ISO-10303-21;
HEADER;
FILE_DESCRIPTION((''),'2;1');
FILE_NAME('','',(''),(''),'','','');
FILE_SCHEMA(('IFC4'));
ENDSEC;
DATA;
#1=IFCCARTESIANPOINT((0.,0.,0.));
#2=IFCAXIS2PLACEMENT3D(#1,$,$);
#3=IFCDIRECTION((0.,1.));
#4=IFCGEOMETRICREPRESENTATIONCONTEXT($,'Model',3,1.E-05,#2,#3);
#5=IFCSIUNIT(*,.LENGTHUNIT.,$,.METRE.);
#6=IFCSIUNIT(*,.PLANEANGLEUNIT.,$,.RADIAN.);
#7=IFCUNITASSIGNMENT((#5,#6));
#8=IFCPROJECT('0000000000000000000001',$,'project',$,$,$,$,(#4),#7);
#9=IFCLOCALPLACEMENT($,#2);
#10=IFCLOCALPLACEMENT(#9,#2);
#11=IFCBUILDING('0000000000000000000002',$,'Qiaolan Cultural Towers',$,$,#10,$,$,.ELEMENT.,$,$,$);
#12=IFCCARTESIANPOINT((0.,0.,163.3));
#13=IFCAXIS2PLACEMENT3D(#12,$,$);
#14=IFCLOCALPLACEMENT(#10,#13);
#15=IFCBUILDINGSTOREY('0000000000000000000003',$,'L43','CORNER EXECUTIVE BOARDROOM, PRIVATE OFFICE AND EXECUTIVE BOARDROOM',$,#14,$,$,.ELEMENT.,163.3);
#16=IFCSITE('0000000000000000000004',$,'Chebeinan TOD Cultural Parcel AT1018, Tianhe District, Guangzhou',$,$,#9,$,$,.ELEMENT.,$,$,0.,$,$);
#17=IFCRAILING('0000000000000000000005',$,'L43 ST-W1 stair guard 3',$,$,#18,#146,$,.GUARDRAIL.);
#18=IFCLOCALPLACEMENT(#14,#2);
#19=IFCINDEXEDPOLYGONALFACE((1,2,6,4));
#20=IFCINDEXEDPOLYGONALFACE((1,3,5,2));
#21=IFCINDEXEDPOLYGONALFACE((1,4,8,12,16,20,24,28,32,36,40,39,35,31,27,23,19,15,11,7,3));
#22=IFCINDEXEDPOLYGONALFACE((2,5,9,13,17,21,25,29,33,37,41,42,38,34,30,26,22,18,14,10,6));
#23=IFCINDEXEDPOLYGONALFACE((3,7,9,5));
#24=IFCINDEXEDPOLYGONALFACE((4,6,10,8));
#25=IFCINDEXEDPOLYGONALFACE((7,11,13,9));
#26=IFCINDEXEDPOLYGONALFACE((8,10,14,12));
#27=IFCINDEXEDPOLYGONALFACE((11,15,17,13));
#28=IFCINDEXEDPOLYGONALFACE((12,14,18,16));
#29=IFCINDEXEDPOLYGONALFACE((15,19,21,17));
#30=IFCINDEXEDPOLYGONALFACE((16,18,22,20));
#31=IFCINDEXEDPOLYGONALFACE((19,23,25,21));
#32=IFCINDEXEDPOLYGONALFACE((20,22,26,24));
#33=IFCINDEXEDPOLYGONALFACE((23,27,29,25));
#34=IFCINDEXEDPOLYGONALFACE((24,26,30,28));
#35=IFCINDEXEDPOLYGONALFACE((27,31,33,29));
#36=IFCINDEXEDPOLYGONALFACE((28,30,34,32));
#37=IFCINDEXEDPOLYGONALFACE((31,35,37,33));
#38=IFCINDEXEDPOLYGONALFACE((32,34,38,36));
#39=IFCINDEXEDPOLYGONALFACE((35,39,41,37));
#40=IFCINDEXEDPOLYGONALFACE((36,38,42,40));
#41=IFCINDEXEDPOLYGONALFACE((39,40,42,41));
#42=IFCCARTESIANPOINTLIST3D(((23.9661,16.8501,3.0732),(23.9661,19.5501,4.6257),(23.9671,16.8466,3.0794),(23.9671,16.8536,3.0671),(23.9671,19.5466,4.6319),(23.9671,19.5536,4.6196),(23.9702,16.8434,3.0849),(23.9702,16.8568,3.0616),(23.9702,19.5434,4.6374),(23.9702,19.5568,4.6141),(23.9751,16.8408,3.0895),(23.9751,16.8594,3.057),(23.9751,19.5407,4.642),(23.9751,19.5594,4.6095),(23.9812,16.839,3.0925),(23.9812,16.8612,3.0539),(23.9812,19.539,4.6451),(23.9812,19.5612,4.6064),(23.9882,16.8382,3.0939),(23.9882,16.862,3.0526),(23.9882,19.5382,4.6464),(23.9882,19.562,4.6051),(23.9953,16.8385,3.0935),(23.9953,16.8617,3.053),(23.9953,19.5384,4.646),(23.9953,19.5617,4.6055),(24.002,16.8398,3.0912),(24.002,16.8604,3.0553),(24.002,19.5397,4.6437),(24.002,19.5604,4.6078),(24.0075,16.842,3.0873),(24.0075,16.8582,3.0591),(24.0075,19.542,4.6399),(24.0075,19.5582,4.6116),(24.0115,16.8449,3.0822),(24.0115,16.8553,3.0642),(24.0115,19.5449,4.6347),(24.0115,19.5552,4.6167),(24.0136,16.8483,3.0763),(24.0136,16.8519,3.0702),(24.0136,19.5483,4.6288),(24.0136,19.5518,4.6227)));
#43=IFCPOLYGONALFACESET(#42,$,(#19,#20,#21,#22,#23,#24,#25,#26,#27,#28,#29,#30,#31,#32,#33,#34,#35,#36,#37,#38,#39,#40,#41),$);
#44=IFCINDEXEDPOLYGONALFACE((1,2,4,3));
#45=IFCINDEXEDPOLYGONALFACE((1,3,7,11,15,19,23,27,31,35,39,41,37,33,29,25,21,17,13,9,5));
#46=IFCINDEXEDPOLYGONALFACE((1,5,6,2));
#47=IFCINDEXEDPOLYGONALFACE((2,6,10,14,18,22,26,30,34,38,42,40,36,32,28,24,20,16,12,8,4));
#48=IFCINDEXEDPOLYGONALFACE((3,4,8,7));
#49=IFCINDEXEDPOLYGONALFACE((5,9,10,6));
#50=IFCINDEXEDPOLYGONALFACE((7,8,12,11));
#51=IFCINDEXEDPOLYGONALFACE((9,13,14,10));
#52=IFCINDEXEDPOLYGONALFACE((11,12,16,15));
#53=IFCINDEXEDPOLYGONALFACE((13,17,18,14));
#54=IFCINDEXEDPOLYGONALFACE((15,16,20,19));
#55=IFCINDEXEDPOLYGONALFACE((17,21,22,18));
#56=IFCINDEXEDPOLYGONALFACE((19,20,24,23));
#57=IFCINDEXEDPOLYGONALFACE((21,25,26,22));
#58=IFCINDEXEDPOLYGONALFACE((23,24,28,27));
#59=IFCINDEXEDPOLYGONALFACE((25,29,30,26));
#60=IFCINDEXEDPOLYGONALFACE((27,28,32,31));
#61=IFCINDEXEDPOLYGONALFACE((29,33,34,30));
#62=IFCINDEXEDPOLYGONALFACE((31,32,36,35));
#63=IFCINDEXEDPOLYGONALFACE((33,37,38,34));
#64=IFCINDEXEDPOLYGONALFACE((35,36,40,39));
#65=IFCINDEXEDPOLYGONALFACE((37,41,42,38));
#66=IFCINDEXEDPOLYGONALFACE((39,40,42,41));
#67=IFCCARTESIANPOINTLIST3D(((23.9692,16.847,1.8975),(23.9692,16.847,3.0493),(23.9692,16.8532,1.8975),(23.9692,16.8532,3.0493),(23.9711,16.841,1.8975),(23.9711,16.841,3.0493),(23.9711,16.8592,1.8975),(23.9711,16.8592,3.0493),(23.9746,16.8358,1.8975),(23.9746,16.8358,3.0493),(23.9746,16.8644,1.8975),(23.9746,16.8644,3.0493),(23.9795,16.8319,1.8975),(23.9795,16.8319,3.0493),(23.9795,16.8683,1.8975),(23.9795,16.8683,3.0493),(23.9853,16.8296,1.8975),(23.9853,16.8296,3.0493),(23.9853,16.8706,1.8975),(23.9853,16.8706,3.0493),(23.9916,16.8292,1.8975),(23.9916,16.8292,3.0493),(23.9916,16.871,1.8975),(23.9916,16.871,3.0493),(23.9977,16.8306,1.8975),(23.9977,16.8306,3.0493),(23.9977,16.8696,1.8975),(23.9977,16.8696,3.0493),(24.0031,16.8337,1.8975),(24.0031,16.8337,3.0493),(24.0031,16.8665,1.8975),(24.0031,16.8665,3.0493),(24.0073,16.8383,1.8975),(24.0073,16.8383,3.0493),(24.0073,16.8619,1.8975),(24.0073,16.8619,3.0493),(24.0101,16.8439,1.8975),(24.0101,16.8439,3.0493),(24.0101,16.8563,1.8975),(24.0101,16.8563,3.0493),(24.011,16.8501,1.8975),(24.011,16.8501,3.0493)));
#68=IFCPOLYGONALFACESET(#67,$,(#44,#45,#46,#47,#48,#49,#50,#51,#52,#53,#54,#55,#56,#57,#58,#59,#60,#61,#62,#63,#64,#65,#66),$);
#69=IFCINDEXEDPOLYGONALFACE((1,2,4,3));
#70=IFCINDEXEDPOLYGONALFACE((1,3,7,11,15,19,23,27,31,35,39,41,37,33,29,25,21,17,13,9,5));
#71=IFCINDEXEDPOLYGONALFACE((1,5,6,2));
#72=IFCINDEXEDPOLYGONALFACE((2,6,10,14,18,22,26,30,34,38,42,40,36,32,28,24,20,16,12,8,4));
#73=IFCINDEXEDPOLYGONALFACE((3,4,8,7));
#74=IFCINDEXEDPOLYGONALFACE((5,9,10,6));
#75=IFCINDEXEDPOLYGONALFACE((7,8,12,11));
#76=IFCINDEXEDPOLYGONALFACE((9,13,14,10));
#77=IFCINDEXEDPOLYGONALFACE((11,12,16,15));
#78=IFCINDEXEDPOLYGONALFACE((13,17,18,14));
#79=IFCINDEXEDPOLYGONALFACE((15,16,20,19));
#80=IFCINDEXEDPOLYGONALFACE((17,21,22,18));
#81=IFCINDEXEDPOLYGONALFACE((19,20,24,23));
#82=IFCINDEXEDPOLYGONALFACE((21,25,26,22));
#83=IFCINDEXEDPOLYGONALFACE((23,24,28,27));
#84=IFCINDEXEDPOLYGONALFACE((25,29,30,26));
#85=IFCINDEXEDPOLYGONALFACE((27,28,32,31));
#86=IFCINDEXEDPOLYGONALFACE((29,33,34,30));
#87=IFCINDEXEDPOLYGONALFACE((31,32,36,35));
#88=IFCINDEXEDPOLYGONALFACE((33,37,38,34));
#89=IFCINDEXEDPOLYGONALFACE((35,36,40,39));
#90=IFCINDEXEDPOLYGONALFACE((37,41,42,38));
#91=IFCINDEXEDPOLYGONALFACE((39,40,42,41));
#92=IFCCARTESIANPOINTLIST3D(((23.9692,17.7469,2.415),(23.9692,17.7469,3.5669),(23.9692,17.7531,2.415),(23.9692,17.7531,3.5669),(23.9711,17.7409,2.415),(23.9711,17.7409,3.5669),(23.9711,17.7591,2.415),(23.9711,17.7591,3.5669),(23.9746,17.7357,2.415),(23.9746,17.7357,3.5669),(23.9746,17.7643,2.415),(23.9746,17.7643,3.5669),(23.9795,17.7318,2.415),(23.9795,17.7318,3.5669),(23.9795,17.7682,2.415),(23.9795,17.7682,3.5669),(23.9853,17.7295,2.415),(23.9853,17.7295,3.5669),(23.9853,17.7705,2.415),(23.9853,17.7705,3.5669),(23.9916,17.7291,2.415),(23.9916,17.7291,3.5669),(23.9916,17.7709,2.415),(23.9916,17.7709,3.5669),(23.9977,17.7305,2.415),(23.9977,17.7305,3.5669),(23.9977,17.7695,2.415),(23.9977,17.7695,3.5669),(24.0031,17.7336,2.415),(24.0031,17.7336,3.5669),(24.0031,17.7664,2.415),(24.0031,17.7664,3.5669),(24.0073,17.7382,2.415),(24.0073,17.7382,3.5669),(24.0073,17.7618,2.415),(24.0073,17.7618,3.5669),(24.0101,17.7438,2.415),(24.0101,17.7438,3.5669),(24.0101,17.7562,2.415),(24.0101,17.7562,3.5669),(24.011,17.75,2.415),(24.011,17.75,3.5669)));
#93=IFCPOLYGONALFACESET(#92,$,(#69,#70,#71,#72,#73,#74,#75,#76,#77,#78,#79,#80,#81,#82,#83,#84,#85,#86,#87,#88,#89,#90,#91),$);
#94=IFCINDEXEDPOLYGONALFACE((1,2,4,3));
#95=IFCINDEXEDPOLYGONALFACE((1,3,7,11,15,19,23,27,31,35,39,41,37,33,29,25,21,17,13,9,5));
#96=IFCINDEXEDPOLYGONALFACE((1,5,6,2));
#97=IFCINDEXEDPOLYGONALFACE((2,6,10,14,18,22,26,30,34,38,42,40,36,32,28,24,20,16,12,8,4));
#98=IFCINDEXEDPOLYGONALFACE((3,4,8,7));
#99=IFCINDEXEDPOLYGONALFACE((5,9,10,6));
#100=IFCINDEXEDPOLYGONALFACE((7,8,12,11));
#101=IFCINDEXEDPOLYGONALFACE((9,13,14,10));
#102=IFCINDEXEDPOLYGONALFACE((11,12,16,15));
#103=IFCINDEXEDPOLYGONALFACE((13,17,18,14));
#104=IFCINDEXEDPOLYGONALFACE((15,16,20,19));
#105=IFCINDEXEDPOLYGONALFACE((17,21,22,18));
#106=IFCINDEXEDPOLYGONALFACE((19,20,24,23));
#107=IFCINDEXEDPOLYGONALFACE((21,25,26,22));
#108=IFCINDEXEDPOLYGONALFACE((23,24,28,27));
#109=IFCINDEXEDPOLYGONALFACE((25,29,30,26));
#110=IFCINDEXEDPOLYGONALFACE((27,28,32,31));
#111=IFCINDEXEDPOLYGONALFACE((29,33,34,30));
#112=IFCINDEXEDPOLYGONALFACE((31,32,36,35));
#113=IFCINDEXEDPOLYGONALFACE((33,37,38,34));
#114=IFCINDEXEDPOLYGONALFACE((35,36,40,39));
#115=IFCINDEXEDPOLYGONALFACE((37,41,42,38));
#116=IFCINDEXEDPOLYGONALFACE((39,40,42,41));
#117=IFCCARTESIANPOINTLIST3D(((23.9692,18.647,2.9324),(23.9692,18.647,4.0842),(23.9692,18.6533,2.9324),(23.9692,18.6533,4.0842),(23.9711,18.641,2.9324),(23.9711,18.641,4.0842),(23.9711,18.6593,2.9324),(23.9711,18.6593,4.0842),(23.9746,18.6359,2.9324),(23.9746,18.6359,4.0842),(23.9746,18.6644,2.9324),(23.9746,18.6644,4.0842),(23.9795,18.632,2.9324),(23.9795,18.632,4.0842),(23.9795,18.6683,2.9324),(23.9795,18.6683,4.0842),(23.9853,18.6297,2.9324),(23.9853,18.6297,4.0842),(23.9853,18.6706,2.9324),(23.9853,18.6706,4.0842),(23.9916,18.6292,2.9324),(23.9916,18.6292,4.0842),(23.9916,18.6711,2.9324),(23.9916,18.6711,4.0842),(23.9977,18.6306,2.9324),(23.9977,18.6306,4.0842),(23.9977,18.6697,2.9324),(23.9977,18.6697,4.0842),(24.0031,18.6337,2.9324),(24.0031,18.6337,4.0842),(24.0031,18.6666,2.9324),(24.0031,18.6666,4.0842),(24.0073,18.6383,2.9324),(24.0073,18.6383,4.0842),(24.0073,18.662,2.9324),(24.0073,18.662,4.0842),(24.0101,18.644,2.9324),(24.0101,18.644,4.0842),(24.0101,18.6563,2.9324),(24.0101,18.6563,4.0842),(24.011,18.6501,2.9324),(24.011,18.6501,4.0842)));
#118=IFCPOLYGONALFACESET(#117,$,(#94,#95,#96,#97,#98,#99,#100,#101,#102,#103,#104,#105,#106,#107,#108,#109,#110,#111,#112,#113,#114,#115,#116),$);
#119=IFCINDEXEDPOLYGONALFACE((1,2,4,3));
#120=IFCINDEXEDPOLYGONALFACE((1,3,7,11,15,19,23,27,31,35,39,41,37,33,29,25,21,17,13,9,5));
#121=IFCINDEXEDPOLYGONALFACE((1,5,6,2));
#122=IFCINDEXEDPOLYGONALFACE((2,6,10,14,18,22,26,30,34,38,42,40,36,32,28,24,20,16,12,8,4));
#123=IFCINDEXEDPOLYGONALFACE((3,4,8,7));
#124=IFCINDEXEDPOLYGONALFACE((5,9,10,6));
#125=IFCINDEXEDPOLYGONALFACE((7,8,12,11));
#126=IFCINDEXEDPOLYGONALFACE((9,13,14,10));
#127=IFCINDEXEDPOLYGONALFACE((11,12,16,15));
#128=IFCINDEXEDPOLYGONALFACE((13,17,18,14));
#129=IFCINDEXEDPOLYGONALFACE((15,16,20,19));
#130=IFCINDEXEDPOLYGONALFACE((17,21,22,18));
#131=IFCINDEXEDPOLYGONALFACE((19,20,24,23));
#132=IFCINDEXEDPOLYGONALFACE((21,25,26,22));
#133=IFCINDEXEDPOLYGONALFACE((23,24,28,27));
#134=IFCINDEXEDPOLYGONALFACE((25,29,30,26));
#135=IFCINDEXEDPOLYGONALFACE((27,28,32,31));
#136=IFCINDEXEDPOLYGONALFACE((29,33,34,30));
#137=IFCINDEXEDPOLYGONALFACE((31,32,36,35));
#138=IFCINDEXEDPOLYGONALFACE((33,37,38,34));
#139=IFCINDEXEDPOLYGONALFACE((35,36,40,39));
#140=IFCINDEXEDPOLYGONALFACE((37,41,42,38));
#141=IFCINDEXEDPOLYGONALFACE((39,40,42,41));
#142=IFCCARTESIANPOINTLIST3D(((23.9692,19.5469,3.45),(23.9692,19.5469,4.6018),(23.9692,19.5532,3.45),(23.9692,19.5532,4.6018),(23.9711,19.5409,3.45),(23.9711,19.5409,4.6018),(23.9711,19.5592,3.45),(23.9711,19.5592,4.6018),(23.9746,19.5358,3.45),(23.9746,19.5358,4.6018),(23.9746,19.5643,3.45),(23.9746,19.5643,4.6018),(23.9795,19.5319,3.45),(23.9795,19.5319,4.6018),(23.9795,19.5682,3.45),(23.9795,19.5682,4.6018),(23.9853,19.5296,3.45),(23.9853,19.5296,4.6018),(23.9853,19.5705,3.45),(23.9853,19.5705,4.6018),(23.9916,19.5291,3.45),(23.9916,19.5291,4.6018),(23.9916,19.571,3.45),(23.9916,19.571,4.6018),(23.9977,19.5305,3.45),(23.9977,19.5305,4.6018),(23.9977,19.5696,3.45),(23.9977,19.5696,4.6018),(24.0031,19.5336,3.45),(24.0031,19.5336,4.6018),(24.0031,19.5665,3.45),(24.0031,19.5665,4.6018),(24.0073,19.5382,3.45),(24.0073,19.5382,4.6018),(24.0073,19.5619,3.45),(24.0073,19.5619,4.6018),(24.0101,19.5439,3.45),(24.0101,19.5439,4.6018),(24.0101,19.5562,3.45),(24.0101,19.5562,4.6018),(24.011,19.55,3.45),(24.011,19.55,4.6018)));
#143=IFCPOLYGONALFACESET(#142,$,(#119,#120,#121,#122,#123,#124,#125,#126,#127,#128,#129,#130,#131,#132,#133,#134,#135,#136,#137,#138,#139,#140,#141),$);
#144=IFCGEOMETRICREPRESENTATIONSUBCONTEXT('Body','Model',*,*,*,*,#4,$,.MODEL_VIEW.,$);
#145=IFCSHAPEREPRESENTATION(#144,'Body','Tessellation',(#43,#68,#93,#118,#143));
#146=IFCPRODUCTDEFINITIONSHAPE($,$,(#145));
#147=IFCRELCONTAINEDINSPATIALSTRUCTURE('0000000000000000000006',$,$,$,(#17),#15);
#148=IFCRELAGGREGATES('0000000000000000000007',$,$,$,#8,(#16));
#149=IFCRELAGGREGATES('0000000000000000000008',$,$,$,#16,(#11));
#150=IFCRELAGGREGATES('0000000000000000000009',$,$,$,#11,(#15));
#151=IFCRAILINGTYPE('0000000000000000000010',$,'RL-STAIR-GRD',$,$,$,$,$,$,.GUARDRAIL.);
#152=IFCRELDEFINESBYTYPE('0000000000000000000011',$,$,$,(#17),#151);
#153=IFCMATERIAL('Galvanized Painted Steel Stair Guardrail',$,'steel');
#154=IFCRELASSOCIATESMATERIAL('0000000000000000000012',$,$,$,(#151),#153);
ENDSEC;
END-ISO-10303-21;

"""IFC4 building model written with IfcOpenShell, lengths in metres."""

from ifc_helpers import new_model, si_unit, direction, frame, origin, origin_2d, place, context, subcontext, project, spatial, circle, extrude, material, type_object, element, save


model = new_model("IFC4")

# Units and contexts
model_context = context("Model", 3, precision=1e-05, world=origin(), true_north=direction((0.0, 1.0)))
body_context = subcontext(model_context, "Body", "Model", "MODEL_VIEW")
ifc_project = project(units=[si_unit("LENGTHUNIT", "METRE"), si_unit("PLANEANGLEUNIT", "RADIAN")], contexts=[model_context])

# Site, building, storey
site_placement = place(None, origin())
site = spatial("IfcSite", under=ifc_project, at=site_placement, Name="Chebeinan TOD Cultural Parcel AT1018, Tianhe District, Guangzhou", CompositionType="ELEMENT", RefElevation=0.0)
building_placement = place(site_placement, origin())
building = spatial("IfcBuilding", under=site, at=building_placement, Name="Qiaolan Cultural Towers", CompositionType="ELEMENT")
storey_placement = place(building_placement, frame((0.0, 0.0, 163.3)))
storey = spatial("IfcBuildingStorey", under=building, at=storey_placement, Name="L43", Description="CORNER EXECUTIVE BOARDROOM, PRIVATE OFFICE AND EXECUTIVE BOARDROOM", CompositionType="ELEMENT", Elevation=163.3)

# Railing
ifc_material_1 = material(Name="Galvanized Painted Steel Stair Guardrail", Category="steel")
railing_type_1 = type_object("IfcRailingType", Name="RL-STAIR-GRD", PredefinedType="GUARDRAIL", material=ifc_material_1)
railing_1_placement = place(storey_placement, frame((23.99, 16.8501, 1.8975)))
element("IfcRailing", 1, at=railing_1_placement, inside=storey, type_object=railing_type_1, Name="L43 ST-W1 stair guard 3", PredefinedType="GUARDRAIL", context=body_context, shape_type="SweptSolid", body=[
    extrude(circle(Radius=0.0239, at=origin_2d()), frame((0.0, 0.0, 1.1758), z_axis=(0.0, 0.866904, 0.498476), x_axis=(-1.0, 0.0, 0.0)), (0.0, 0.0, 1.0), 3.1145),
    extrude(circle(Radius=0.021, at=origin_2d()), origin(), (0.0, 0.0, 1.0), 1.1519),
    extrude(circle(Radius=0.021, at=origin_2d()), frame((0.0, 0.8999, 0.5176)), (0.0, 0.0, 1.0), 1.1519),
    extrude(circle(Radius=0.021, at=origin_2d()), frame((0.0, 1.8, 1.0349)), (0.0, 0.0, 1.0), 1.1519),
    extrude(circle(Radius=0.021, at=origin_2d()), frame((0.0, 2.7, 1.5525)), (0.0, 0.0, 1.0), 1.1519),
])

save(model, "model.ifc")
